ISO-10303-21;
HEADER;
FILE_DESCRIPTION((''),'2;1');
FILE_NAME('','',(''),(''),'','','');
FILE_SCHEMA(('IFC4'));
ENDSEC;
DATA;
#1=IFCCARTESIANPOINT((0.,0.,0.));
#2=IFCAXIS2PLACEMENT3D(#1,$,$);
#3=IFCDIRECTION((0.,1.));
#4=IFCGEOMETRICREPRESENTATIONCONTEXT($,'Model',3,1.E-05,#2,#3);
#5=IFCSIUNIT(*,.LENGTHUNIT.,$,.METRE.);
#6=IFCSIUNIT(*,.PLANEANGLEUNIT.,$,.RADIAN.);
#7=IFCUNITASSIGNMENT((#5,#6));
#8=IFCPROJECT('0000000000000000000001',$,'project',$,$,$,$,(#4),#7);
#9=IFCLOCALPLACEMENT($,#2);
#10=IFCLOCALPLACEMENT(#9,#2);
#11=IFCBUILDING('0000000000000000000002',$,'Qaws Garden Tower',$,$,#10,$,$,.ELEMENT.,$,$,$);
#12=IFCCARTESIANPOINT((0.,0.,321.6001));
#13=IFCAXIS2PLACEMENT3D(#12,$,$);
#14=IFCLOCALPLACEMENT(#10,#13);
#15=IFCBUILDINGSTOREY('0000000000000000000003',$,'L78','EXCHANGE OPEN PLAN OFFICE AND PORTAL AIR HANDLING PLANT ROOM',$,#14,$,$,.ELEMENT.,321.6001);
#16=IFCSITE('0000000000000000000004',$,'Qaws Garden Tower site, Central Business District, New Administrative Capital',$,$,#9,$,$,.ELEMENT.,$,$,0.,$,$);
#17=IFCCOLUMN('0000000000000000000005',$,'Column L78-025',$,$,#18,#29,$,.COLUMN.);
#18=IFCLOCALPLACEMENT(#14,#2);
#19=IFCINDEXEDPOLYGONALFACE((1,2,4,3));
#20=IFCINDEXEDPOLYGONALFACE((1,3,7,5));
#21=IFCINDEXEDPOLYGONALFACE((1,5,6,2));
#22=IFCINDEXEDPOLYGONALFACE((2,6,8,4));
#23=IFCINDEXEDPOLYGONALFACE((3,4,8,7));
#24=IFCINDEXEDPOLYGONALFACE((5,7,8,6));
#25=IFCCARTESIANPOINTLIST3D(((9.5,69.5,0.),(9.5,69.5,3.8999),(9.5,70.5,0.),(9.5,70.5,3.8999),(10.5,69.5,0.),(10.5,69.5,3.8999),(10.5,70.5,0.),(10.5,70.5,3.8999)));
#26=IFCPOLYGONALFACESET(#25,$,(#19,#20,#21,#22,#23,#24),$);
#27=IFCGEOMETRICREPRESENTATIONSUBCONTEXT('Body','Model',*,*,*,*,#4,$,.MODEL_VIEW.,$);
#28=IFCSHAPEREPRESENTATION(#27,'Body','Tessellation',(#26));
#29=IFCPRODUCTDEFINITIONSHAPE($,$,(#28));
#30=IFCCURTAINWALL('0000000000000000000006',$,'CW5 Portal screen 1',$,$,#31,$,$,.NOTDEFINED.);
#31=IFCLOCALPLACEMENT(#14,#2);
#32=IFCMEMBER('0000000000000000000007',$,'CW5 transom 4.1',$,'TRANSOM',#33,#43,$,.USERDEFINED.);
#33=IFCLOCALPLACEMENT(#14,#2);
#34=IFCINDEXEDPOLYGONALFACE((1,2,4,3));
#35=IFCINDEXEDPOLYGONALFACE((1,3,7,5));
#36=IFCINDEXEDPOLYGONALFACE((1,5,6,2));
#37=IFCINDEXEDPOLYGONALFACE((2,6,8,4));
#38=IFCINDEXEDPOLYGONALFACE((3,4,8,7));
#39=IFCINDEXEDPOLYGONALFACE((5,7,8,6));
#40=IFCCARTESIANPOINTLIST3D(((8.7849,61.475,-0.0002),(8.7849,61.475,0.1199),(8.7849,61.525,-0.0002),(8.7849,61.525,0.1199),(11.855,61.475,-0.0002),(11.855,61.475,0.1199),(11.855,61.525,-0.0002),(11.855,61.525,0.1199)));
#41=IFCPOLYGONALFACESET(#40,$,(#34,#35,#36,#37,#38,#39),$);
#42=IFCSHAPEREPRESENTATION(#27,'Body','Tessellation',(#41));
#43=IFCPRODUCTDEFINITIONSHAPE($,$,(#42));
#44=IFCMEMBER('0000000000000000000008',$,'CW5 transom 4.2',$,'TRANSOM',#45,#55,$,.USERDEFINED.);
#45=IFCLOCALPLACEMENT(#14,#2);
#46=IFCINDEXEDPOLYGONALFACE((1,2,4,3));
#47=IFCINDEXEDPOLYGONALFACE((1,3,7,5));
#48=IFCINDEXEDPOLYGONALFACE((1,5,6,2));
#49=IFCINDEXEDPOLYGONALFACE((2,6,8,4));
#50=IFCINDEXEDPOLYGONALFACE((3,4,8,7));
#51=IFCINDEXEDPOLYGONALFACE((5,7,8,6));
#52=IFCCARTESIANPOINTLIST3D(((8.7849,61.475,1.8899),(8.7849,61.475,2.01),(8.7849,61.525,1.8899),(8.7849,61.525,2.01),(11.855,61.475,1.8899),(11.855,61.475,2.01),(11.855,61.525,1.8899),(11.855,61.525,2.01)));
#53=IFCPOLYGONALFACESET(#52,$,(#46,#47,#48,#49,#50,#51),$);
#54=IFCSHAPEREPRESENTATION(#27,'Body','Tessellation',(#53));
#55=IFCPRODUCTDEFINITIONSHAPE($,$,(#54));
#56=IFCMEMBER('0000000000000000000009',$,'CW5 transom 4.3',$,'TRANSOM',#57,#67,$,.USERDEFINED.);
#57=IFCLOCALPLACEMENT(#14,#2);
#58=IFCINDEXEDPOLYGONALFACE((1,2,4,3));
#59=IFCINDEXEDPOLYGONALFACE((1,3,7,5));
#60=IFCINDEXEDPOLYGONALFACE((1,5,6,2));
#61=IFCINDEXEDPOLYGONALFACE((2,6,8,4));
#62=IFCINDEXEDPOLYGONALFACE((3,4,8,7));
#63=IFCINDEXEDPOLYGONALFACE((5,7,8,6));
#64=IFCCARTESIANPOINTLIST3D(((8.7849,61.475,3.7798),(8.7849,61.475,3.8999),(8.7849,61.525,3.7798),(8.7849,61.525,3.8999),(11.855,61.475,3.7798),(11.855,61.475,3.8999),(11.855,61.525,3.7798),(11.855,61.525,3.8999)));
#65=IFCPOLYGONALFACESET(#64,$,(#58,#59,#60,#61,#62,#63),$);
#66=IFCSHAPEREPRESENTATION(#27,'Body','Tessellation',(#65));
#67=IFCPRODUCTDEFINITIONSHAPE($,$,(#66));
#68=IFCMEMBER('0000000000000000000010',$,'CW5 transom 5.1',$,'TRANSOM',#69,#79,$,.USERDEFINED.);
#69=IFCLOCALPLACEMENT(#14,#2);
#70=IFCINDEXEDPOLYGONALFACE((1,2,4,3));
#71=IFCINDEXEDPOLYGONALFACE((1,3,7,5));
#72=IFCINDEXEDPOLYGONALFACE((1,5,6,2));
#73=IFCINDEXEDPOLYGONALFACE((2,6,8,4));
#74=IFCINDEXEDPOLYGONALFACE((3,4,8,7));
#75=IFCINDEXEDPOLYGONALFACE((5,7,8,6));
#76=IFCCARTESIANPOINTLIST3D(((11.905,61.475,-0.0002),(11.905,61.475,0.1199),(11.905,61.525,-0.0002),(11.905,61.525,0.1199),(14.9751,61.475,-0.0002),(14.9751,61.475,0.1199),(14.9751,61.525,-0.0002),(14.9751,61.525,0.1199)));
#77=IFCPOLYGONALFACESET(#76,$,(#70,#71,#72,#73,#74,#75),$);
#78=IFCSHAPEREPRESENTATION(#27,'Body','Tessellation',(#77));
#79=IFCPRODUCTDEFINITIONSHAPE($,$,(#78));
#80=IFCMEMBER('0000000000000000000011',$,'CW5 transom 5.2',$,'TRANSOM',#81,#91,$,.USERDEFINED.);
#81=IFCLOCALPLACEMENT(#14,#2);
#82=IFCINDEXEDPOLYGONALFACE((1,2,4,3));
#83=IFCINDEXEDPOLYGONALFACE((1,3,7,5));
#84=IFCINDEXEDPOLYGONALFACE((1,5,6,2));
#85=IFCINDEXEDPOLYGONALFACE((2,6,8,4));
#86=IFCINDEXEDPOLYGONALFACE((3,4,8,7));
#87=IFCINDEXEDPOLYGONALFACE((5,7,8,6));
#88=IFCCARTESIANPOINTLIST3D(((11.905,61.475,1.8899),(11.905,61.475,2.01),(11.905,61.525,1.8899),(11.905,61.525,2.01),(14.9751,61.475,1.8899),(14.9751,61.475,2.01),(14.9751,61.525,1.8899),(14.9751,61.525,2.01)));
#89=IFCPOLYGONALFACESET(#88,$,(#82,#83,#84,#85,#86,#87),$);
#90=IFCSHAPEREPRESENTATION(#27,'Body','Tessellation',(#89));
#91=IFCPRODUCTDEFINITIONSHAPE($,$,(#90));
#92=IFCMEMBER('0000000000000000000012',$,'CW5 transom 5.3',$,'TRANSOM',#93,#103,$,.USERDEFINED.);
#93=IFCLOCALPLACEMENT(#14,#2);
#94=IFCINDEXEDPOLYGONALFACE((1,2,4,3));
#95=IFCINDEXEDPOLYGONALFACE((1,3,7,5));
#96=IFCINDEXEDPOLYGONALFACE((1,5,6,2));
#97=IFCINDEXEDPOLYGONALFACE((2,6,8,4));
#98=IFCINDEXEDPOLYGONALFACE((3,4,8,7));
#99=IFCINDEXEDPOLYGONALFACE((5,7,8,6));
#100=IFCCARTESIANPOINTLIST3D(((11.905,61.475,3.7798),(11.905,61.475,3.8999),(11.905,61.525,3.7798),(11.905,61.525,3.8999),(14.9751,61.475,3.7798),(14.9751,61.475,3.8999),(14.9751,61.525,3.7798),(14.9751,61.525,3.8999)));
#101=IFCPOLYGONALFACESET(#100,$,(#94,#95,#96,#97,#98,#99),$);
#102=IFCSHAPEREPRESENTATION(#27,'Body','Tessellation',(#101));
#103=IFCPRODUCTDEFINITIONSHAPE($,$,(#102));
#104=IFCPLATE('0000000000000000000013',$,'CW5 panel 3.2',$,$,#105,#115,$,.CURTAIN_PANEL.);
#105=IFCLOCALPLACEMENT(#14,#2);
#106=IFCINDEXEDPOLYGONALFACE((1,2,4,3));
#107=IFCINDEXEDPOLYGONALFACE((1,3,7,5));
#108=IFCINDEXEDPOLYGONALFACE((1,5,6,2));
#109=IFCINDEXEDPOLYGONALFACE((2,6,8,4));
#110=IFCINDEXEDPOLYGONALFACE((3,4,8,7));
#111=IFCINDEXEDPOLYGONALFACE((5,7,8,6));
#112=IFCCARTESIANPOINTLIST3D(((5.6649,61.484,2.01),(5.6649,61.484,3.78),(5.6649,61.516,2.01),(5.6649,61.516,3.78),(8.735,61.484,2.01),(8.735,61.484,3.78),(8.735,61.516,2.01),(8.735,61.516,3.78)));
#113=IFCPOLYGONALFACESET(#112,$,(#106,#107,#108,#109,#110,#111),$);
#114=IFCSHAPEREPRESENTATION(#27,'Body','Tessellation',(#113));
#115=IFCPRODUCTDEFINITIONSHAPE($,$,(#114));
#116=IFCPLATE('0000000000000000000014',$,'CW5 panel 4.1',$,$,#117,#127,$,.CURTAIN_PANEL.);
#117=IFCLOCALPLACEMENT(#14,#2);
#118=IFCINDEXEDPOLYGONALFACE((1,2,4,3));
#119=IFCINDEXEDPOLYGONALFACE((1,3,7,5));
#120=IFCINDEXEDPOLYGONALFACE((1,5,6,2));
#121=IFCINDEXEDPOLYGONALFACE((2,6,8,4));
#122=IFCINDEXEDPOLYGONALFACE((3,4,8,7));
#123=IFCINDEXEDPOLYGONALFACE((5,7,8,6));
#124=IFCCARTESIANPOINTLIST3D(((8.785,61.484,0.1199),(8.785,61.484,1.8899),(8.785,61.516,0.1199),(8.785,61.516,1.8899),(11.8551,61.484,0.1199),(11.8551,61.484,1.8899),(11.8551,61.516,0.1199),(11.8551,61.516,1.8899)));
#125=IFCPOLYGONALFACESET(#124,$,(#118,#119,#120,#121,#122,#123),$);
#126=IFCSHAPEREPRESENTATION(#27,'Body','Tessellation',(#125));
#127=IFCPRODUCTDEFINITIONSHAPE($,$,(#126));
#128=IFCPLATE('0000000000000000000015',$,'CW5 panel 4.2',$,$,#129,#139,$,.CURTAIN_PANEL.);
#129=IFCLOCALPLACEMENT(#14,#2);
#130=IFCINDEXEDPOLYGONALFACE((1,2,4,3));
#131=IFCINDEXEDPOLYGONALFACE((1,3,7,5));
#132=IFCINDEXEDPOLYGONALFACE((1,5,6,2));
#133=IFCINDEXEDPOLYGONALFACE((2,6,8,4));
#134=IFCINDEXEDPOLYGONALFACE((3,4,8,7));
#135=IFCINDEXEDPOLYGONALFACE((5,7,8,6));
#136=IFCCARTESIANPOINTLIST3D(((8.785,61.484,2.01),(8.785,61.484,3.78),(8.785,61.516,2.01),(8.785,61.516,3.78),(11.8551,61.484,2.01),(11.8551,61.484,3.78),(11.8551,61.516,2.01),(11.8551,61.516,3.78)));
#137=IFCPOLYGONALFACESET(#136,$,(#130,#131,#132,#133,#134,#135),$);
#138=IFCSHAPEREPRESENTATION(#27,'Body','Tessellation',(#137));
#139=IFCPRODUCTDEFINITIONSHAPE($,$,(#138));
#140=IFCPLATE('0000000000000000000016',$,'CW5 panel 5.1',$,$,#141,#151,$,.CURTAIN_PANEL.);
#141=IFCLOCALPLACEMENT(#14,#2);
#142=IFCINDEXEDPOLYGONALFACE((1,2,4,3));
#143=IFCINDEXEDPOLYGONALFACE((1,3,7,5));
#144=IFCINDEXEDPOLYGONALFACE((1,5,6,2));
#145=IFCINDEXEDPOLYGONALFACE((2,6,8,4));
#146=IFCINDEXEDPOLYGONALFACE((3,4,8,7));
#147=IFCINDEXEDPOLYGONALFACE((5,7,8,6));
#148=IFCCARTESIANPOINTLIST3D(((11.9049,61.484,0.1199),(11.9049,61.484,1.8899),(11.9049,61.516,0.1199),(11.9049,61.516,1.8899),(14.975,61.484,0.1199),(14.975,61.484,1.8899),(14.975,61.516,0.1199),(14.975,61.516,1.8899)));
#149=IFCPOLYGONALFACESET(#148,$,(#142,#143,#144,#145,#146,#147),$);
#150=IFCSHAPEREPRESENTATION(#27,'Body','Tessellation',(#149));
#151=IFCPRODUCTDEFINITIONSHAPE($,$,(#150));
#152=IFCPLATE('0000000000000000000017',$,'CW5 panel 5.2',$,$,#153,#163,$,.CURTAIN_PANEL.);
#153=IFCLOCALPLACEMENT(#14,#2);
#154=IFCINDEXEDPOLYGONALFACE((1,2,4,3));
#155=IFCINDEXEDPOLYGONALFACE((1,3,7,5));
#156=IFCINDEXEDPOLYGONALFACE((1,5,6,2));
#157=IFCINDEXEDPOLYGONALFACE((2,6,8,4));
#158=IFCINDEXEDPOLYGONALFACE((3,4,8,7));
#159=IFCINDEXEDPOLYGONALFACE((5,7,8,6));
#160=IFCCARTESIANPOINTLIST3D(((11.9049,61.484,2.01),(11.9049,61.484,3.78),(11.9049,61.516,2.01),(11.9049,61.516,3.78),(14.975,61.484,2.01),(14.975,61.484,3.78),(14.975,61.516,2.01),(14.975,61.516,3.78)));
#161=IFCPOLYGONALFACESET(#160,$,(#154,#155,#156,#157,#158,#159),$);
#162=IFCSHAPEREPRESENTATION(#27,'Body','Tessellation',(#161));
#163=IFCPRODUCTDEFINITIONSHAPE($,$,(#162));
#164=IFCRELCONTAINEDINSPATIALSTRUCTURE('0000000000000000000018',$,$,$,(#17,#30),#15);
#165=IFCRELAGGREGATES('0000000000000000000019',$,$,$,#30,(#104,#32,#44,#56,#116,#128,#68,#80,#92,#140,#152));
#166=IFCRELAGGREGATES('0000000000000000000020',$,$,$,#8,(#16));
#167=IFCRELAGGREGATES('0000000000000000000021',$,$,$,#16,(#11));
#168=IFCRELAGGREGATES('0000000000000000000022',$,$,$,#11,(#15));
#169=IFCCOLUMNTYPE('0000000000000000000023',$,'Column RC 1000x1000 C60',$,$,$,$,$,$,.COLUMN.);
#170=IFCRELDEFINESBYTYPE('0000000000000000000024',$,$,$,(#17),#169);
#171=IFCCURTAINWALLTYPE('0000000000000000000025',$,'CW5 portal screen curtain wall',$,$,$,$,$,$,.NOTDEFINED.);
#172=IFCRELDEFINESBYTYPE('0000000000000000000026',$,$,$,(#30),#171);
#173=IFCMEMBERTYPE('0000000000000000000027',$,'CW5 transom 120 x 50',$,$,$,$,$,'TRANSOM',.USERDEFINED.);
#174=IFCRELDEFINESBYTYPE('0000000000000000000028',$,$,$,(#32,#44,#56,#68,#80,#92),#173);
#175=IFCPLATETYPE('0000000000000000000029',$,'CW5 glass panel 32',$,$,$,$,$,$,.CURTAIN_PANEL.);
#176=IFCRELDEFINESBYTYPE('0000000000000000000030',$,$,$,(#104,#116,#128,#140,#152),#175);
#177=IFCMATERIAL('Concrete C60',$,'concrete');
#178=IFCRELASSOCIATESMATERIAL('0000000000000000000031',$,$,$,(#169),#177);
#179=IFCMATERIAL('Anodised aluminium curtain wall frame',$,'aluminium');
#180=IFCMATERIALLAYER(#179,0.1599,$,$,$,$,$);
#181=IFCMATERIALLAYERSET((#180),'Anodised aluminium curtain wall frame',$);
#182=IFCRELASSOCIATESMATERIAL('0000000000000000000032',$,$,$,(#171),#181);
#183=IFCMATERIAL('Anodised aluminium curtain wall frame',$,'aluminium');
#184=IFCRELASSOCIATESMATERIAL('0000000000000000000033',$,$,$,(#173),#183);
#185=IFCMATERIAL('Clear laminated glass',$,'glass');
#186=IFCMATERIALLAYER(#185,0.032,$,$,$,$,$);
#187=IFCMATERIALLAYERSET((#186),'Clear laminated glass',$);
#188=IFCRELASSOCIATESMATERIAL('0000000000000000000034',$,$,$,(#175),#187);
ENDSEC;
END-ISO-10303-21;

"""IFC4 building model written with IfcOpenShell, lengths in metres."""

from ifc_helpers import new_model, si_unit, direction, frame, origin, origin_2d, place, context, subcontext, project, spatial, rectangle, extrude, material, layer, layer_set, material_profile, profile_set, type_object, element, aggregate, save


model = new_model("IFC4")

# Units and contexts
model_context = context("Model", 3, precision=1e-05, world=origin(), true_north=direction((0.0, 1.0)))
body_context = subcontext(model_context, "Body", "Model", "MODEL_VIEW")
ifc_project = project(units=[si_unit("LENGTHUNIT", "METRE"), si_unit("PLANEANGLEUNIT", "RADIAN")], contexts=[model_context])

# Site, building, storey
site_placement = place(None, origin())
site = spatial("IfcSite", under=ifc_project, at=site_placement, Name="Qaws Garden Tower site, Central Business District, New Administrative Capital", CompositionType="ELEMENT", RefElevation=0.0)
building_placement = place(site_placement, origin())
building = spatial("IfcBuilding", under=site, at=building_placement, Name="Qaws Garden Tower", CompositionType="ELEMENT")
storey_placement = place(building_placement, frame((0.0, 0.0, 321.6001)))
storey = spatial("IfcBuildingStorey", under=building, at=storey_placement, Name="L78", Description="EXCHANGE OPEN PLAN OFFICE AND PORTAL AIR HANDLING PLANT ROOM", CompositionType="ELEMENT", Elevation=321.6001)

# Column
ifc_material_1 = material(Name="Concrete C60", Category="concrete")
ifc_material_profile_1 = material_profile(ifc_material_1, rectangle(XDim=1.0, YDim=1.0, at=origin_2d()), Name="RC 1000x1000")
ifc_profile_set_1 = profile_set([ifc_material_profile_1], Name="Concrete C60")
column_type = type_object("IfcColumnType", Name="Column RC 1000x1000 C60", PredefinedType="COLUMN", material=ifc_profile_set_1)
column_placement = place(storey_placement, frame((10.0, 70.0, 0.0), z_axis=(0.0, 0.0, 1.0), x_axis=(1.0, 0.0, 0.0)))
element("IfcColumn", 1, at=column_placement, inside=storey, type_object=column_type, Name="Column L78-025", PredefinedType="COLUMN", context=body_context, shape_type="SweptSolid", body=[
    extrude(rectangle(XDim=1.0, YDim=1.0, at=origin_2d()), origin(), (0.0, 0.0, 1.0), 3.8999),
])

# Curtain wall, members, plates
ifc_material_2 = material(Name="Anodised aluminium curtain wall frame", Category="aluminium")
ifc_layer_1 = layer(ifc_material_2, 0.1599)
ifc_layer_set_1 = layer_set([ifc_layer_1], Name="Anodised aluminium curtain wall frame")
curtain_wall_type = type_object("IfcCurtainWallType", Name="CW5 portal screen curtain wall", PredefinedType="NOTDEFINED", material=ifc_layer_set_1)
placement = place(storey_placement, origin())
curtain_wall = element("IfcCurtainWall", 2, at=placement, inside=storey, type_object=curtain_wall_type, Name="CW5 Portal screen 1", PredefinedType="NOTDEFINED")
ifc_material_3 = material(Name="Anodised aluminium curtain wall frame", Category="aluminium")
ifc_material_profile_2 = material_profile(ifc_material_3, rectangle(XDim=0.05, YDim=0.1201, at=origin_2d()), Name="AL 50x120")
ifc_profile_set_2 = profile_set([ifc_material_profile_2], Name="Anodised aluminium curtain wall frame")
member_type = type_object("IfcMemberType", Name="CW5 transom 120 x 50", ElementType="TRANSOM", PredefinedType="USERDEFINED", material=ifc_profile_set_2)
member_1_placement = place(storey_placement, frame((8.7849, 61.5, 0.0598), z_axis=(1.0, 0.0, 0.0), x_axis=(0.0, 1.0, 0.0)))
member_1 = element("IfcMember", 3, at=member_1_placement, type_object=member_type, Name="CW5 transom 4.1", ObjectType="TRANSOM", PredefinedType="USERDEFINED", context=body_context, shape_type="SweptSolid", body=[
    extrude(rectangle(XDim=0.05, YDim=0.1201, at=origin_2d()), origin(), (0.0, 0.0, 1.0), 3.0701),
])
member_2_placement = place(storey_placement, frame((8.7849, 61.5, 1.95), z_axis=(1.0, 0.0, 0.0), x_axis=(0.0, 1.0, 0.0)))
member_2 = element("IfcMember", 4, at=member_2_placement, type_object=member_type, Name="CW5 transom 4.2", ObjectType="TRANSOM", PredefinedType="USERDEFINED", context=body_context, shape_type="SweptSolid", body=[
    extrude(rectangle(XDim=0.05, YDim=0.1201, at=origin_2d()), origin(), (0.0, 0.0, 1.0), 3.0701),
])
member_3_placement = place(storey_placement, frame((8.7849, 61.5, 3.8398), z_axis=(1.0, 0.0, 0.0), x_axis=(0.0, 1.0, 0.0)))
member_3 = element("IfcMember", 5, at=member_3_placement, type_object=member_type, Name="CW5 transom 4.3", ObjectType="TRANSOM", PredefinedType="USERDEFINED", context=body_context, shape_type="SweptSolid", body=[
    extrude(rectangle(XDim=0.05, YDim=0.1201, at=origin_2d()), origin(), (0.0, 0.0, 1.0), 3.0701),
])
member_4_placement = place(storey_placement, frame((11.905, 61.5, 0.0598), z_axis=(1.0, 0.0, 0.0), x_axis=(0.0, 1.0, 0.0)))
member_4 = element("IfcMember", 6, at=member_4_placement, type_object=member_type, Name="CW5 transom 5.1", ObjectType="TRANSOM", PredefinedType="USERDEFINED", context=body_context, shape_type="SweptSolid", body=[
    extrude(rectangle(XDim=0.05, YDim=0.1201, at=origin_2d()), origin(), (0.0, 0.0, 1.0), 3.0701),
])
member_5_placement = place(storey_placement, frame((11.905, 61.5, 1.95), z_axis=(1.0, 0.0, 0.0), x_axis=(0.0, 1.0, 0.0)))
member_5 = element("IfcMember", 7, at=member_5_placement, type_object=member_type, Name="CW5 transom 5.2", ObjectType="TRANSOM", PredefinedType="USERDEFINED", context=body_context, shape_type="SweptSolid", body=[
    extrude(rectangle(XDim=0.05, YDim=0.1201, at=origin_2d()), origin(), (0.0, 0.0, 1.0), 3.0701),
])
member_6_placement = place(storey_placement, frame((11.905, 61.5, 3.8398), z_axis=(1.0, 0.0, 0.0), x_axis=(0.0, 1.0, 0.0)))
member_6 = element("IfcMember", 8, at=member_6_placement, type_object=member_type, Name="CW5 transom 5.3", ObjectType="TRANSOM", PredefinedType="USERDEFINED", context=body_context, shape_type="SweptSolid", body=[
    extrude(rectangle(XDim=0.05, YDim=0.1201, at=origin_2d()), origin(), (0.0, 0.0, 1.0), 3.0701),
])
ifc_material_4 = material(Name="Clear laminated glass", Category="glass")
ifc_layer_2 = layer(ifc_material_4, 0.032)
ifc_layer_set_2 = layer_set([ifc_layer_2], Name="Clear laminated glass")
plate_type = type_object("IfcPlateType", Name="CW5 glass panel 32", PredefinedType="CURTAIN_PANEL", material=ifc_layer_set_2)
plate_1_placement = place(storey_placement, frame((7.2, 61.5, 2.01), z_axis=(0.0, 0.0, 1.0), x_axis=(1.0, 0.0, 0.0)))
plate_1 = element("IfcPlate", 9, at=plate_1_placement, type_object=plate_type, Name="CW5 panel 3.2", PredefinedType="CURTAIN_PANEL", context=body_context, shape_type="SweptSolid", body=[
    extrude(rectangle(XDim=3.0701, YDim=0.032, at=origin_2d()), origin(), (0.0, 0.0, 1.0), 1.77),
])
plate_2_placement = place(storey_placement, frame((10.3201, 61.5, 0.1199), z_axis=(0.0, 0.0, 1.0), x_axis=(1.0, 0.0, 0.0)))
plate_2 = element("IfcPlate", 10, at=plate_2_placement, type_object=plate_type, Name="CW5 panel 4.1", PredefinedType="CURTAIN_PANEL", context=body_context, shape_type="SweptSolid", body=[
    extrude(rectangle(XDim=3.0701, YDim=0.032, at=origin_2d()), origin(), (0.0, 0.0, 1.0), 1.77),
])
plate_3_placement = place(storey_placement, frame((10.3201, 61.5, 2.01), z_axis=(0.0, 0.0, 1.0), x_axis=(1.0, 0.0, 0.0)))
plate_3 = element("IfcPlate", 11, at=plate_3_placement, type_object=plate_type, Name="CW5 panel 4.2", PredefinedType="CURTAIN_PANEL", context=body_context, shape_type="SweptSolid", body=[
    extrude(rectangle(XDim=3.0701, YDim=0.032, at=origin_2d()), origin(), (0.0, 0.0, 1.0), 1.77),
])
plate_4_placement = place(storey_placement, frame((13.4399, 61.5, 0.1199), z_axis=(0.0, 0.0, 1.0), x_axis=(1.0, 0.0, 0.0)))
plate_4 = element("IfcPlate", 12, at=plate_4_placement, type_object=plate_type, Name="CW5 panel 5.1", PredefinedType="CURTAIN_PANEL", context=body_context, shape_type="SweptSolid", body=[
    extrude(rectangle(XDim=3.0701, YDim=0.032, at=origin_2d()), origin(), (0.0, 0.0, 1.0), 1.77),
])
plate_5_placement = place(storey_placement, frame((13.4399, 61.5, 2.01), z_axis=(0.0, 0.0, 1.0), x_axis=(1.0, 0.0, 0.0)))
plate_5 = element("IfcPlate", 13, at=plate_5_placement, type_object=plate_type, Name="CW5 panel 5.2", PredefinedType="CURTAIN_PANEL", context=body_context, shape_type="SweptSolid", body=[
    extrude(rectangle(XDim=3.0701, YDim=0.032, at=origin_2d()), origin(), (0.0, 0.0, 1.0), 1.77),
])
aggregate(curtain_wall, [plate_1, member_1, member_2, member_3, plate_2, plate_3, member_4, member_5, member_6, plate_4, plate_5])

save(model, "model.ifc")
